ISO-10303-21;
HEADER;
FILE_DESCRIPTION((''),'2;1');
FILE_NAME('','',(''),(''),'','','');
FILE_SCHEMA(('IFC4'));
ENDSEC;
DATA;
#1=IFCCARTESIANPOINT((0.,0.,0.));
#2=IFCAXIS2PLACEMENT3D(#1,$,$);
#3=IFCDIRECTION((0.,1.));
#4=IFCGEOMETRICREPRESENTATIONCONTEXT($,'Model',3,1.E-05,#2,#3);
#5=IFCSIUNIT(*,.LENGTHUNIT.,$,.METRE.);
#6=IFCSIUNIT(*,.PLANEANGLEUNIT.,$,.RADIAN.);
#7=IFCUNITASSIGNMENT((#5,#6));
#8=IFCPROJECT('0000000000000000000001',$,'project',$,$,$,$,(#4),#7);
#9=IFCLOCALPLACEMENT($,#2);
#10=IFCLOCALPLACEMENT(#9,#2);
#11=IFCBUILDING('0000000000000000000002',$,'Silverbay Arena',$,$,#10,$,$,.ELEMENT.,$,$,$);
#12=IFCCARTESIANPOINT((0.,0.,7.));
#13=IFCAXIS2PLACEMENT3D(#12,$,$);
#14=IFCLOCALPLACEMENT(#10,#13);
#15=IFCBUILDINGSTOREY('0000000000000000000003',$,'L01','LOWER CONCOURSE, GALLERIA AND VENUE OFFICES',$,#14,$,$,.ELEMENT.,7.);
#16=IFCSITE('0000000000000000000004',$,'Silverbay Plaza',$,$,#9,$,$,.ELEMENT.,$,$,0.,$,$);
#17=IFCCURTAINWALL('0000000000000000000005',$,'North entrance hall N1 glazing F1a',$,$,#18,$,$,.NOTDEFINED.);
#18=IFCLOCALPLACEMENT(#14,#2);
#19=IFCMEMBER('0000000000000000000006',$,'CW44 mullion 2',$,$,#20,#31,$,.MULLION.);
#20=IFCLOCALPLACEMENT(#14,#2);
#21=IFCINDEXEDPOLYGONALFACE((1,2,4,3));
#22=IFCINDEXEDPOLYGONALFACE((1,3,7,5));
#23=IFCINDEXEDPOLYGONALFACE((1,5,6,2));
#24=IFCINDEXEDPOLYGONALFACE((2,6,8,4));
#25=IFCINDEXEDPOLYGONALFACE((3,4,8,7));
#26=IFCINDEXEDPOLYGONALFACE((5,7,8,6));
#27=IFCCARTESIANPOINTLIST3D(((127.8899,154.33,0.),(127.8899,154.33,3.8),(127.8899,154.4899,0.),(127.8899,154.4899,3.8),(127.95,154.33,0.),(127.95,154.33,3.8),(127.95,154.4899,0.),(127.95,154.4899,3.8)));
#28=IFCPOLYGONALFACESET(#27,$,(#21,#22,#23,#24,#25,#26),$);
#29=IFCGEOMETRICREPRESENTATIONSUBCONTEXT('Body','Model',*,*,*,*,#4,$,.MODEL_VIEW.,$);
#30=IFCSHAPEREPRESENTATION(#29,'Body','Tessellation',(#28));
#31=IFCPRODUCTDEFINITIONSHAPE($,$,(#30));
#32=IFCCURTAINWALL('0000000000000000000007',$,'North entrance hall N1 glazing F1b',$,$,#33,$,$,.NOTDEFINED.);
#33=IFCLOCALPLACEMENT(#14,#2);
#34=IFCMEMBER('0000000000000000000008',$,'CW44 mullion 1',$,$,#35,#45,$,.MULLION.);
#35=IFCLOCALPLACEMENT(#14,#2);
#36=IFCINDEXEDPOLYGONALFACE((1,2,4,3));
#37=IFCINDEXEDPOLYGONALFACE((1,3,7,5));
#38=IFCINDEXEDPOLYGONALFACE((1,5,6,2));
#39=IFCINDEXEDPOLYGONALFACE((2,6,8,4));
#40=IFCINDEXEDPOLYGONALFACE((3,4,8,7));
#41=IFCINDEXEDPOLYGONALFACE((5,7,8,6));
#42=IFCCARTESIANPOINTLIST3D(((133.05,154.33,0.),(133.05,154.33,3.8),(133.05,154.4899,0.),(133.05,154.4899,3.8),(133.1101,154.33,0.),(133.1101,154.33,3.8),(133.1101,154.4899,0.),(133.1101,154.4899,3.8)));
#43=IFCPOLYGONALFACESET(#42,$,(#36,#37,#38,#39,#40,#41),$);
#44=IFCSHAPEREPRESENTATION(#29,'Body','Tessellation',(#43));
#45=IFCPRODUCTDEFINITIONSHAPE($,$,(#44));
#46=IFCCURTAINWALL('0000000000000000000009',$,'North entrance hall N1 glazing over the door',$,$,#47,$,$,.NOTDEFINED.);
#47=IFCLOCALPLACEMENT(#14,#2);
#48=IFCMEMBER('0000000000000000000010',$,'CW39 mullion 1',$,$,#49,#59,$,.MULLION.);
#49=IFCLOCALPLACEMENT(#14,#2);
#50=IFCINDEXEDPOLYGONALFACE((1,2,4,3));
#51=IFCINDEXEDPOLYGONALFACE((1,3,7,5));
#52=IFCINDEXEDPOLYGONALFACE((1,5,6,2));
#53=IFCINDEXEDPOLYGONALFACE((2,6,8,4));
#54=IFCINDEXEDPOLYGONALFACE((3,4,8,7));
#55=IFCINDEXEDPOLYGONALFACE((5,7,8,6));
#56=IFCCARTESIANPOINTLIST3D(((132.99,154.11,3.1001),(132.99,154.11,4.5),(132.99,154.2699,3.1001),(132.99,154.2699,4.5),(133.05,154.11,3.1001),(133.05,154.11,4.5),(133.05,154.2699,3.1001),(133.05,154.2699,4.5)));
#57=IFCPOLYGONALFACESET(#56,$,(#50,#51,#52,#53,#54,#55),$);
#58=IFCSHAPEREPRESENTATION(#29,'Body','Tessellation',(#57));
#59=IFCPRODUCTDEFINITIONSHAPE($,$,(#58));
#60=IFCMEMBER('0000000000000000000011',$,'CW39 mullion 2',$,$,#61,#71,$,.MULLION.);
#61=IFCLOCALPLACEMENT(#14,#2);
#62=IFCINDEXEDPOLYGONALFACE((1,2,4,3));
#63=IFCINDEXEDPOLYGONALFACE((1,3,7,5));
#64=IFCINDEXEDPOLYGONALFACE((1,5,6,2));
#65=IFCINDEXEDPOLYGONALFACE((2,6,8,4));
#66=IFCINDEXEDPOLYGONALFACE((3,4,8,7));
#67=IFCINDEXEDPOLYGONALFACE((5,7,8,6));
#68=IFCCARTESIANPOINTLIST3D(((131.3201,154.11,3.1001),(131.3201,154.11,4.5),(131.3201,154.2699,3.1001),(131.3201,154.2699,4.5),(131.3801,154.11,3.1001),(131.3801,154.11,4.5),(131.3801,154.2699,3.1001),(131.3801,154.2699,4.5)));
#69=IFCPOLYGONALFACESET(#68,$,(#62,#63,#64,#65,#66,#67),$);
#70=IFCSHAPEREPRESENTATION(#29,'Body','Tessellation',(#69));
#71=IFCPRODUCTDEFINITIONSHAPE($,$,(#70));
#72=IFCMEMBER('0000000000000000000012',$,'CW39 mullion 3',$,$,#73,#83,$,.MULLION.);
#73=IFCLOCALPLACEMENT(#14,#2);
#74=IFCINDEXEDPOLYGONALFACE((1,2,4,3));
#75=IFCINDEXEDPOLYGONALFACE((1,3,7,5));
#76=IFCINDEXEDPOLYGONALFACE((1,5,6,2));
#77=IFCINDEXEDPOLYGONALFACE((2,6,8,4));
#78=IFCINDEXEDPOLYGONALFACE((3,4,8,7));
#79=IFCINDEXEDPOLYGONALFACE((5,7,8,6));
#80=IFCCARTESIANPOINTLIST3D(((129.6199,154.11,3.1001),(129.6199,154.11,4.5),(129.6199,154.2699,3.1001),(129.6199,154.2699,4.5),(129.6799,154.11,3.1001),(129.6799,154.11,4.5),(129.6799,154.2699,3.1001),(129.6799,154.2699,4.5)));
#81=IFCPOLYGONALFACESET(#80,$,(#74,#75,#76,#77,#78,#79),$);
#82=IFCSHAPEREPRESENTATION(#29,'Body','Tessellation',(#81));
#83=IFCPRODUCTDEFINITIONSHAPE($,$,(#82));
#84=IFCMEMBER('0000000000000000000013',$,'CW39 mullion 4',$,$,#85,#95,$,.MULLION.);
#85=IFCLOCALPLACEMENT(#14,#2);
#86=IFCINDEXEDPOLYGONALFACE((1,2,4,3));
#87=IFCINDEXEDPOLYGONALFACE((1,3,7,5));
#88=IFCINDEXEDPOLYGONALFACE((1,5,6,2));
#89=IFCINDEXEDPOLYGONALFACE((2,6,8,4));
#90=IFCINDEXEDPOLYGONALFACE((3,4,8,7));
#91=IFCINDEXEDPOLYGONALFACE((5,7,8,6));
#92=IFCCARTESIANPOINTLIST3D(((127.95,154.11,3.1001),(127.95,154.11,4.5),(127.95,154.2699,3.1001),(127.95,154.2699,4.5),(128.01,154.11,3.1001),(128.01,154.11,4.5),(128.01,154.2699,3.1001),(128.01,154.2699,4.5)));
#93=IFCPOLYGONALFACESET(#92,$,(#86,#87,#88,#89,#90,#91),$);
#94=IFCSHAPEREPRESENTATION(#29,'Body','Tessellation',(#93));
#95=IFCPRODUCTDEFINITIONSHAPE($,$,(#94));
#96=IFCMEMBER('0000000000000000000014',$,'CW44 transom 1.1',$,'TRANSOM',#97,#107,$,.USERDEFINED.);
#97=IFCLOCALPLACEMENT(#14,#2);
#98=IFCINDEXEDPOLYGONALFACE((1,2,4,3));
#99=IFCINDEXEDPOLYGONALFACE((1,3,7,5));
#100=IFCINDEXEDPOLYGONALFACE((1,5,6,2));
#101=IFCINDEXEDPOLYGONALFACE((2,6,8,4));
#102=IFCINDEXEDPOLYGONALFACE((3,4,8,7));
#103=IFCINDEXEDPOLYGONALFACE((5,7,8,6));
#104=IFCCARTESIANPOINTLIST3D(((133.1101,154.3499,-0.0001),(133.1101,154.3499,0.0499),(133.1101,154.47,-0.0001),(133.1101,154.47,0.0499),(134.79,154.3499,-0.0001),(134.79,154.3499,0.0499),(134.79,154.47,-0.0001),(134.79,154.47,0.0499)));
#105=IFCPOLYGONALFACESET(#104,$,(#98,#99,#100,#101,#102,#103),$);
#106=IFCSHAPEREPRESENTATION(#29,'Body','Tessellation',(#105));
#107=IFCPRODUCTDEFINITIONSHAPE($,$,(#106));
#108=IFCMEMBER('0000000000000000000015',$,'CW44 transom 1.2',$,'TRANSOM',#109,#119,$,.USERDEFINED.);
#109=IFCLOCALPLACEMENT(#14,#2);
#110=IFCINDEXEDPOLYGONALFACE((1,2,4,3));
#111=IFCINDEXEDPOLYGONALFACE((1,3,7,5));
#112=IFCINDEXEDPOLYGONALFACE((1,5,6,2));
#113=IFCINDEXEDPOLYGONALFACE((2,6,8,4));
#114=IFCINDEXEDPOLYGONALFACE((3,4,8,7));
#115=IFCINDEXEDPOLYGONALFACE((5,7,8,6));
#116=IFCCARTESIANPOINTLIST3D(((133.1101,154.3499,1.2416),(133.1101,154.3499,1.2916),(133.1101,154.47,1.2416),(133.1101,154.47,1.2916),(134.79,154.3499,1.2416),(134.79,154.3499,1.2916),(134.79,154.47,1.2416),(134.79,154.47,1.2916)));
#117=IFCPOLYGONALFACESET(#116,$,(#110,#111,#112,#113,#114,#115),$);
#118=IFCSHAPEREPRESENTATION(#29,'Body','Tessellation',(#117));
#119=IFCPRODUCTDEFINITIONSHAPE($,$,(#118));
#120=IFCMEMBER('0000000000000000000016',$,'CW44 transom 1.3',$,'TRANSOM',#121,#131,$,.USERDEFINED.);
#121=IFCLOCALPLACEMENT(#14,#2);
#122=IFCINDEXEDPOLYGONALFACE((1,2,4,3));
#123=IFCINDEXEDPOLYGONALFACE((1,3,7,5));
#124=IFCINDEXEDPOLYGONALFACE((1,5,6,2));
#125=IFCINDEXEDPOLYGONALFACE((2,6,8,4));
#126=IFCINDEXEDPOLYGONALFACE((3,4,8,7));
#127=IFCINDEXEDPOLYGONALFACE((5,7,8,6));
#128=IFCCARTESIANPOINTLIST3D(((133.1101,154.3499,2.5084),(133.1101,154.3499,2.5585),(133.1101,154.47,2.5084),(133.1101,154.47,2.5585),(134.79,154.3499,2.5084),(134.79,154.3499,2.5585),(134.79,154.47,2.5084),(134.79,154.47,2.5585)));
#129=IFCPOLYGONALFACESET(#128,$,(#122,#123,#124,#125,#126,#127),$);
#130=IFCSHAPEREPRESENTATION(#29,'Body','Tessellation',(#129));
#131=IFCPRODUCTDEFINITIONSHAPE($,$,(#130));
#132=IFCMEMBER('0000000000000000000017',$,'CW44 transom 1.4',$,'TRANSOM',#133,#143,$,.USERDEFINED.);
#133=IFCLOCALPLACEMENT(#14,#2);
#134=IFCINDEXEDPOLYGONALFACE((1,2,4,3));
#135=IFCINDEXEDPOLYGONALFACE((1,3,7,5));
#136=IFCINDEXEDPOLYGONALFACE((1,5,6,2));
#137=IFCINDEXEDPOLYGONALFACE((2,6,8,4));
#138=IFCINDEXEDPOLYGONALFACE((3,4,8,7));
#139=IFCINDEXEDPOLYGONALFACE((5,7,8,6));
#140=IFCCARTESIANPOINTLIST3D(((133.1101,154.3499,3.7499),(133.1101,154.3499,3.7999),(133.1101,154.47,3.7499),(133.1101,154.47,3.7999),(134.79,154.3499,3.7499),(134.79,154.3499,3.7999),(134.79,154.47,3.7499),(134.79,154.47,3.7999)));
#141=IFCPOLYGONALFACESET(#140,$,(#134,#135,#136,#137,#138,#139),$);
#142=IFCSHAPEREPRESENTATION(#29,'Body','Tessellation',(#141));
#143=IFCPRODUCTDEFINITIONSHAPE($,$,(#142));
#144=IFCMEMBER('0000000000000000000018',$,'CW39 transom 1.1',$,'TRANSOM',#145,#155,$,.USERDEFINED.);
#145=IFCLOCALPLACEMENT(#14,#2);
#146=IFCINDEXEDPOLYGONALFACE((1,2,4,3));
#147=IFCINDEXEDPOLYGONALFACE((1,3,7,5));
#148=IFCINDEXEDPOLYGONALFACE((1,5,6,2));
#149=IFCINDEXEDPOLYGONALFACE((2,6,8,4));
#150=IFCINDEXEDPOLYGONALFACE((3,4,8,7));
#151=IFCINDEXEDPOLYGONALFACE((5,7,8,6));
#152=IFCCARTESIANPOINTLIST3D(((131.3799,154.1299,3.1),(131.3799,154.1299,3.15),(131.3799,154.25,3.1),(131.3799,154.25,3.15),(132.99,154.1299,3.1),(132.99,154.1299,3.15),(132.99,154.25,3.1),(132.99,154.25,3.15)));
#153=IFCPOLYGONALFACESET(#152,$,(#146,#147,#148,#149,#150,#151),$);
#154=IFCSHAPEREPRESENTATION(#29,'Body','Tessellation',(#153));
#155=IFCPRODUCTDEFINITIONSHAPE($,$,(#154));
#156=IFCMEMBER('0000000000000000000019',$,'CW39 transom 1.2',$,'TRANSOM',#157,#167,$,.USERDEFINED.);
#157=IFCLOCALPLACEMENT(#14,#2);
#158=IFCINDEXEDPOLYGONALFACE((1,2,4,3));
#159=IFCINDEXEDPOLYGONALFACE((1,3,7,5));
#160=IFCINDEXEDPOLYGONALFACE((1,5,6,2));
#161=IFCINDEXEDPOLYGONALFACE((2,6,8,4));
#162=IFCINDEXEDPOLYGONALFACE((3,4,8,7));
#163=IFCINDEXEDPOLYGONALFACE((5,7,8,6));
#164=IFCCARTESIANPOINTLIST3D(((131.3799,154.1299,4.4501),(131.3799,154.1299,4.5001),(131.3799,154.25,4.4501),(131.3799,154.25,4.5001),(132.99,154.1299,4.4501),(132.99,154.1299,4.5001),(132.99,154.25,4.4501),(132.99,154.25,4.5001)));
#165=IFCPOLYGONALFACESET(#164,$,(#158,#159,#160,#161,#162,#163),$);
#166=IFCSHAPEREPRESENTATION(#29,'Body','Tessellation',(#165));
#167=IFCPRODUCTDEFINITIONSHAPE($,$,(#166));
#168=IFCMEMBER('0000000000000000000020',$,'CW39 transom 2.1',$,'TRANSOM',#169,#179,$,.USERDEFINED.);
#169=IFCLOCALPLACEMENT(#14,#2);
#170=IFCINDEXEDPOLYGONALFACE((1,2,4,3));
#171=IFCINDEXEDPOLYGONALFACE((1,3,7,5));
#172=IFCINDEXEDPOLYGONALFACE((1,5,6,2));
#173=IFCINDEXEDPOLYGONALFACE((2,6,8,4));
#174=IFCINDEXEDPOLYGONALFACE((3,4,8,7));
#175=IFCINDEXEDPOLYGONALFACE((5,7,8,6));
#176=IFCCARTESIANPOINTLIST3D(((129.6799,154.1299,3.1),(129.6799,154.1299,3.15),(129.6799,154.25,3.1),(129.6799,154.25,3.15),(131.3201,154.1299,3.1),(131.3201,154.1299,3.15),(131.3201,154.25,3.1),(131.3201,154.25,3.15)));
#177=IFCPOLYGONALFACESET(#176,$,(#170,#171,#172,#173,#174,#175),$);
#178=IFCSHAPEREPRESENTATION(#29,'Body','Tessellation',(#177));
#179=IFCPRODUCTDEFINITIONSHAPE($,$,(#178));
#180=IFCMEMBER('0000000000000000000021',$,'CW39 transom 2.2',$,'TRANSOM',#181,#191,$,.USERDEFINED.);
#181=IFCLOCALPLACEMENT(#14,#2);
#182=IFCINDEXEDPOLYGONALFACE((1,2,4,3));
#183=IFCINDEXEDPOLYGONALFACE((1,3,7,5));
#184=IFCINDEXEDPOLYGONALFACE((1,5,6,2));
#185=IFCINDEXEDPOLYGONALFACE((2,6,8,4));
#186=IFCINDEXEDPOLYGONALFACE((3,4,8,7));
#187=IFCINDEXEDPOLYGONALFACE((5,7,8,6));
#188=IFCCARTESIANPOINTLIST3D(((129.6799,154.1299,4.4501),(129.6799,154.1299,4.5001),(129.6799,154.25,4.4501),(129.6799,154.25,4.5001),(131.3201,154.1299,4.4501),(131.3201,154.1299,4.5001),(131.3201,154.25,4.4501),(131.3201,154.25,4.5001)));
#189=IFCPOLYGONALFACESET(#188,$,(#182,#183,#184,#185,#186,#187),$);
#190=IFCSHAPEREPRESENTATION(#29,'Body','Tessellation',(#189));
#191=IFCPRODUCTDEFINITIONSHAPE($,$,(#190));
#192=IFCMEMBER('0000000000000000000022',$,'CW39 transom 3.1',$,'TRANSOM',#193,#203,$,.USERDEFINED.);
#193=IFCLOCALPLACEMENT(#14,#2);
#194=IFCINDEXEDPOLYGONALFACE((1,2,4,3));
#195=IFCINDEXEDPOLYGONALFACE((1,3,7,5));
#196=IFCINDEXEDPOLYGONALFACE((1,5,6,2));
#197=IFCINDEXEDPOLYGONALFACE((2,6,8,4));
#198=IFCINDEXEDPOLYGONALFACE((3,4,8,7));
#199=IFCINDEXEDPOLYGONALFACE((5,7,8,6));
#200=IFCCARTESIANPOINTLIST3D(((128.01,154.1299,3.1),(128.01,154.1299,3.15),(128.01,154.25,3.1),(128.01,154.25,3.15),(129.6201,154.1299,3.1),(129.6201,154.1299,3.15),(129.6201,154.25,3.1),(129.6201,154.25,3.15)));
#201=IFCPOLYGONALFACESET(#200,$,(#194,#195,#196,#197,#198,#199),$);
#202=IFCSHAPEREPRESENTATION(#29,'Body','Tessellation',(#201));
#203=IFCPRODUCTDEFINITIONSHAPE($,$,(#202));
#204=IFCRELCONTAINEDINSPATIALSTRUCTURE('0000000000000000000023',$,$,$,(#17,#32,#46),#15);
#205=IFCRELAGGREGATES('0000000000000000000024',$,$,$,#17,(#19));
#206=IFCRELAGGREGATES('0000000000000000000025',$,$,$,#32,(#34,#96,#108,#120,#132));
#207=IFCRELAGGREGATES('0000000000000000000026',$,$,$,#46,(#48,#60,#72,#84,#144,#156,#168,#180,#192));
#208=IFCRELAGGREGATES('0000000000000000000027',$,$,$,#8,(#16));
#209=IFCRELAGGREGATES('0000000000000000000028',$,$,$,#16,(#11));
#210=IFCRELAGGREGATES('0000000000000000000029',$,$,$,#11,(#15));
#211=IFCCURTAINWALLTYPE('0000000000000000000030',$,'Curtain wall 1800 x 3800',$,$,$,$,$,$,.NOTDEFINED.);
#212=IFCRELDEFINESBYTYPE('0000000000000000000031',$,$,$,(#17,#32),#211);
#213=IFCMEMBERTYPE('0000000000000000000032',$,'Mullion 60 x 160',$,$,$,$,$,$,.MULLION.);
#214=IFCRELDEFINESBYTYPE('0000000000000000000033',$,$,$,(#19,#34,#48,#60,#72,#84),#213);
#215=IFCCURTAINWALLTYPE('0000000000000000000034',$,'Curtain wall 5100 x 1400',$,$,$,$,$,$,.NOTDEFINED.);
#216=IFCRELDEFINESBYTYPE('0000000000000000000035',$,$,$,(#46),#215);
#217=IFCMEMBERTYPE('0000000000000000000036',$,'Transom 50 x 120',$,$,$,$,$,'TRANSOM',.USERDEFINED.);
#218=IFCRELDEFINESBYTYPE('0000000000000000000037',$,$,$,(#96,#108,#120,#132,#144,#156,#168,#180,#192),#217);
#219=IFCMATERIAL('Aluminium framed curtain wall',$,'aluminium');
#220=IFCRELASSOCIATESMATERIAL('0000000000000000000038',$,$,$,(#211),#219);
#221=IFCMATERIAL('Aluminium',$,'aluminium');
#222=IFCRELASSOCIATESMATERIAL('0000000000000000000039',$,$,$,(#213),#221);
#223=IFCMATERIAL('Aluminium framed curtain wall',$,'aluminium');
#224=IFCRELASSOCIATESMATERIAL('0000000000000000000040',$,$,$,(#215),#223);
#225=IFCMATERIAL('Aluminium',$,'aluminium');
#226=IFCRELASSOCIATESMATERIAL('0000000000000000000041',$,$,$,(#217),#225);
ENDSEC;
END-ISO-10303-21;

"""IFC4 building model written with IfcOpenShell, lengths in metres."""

from ifc_helpers import new_model, si_unit, direction, frame, origin, origin_2d, place, context, subcontext, project, spatial, rectangle, extrude, material, material_profile, profile_set, type_object, element, aggregate, save


model = new_model("IFC4")

# Units and contexts
model_context = context("Model", 3, precision=1e-05, world=origin(), true_north=direction((0.0, 1.0)))
body_context = subcontext(model_context, "Body", "Model", "MODEL_VIEW")
ifc_project = project(units=[si_unit("LENGTHUNIT", "METRE"), si_unit("PLANEANGLEUNIT", "RADIAN")], contexts=[model_context])

# Site, building, storey
site_placement = place(None, origin())
site = spatial("IfcSite", under=ifc_project, at=site_placement, Name="Silverbay Plaza", CompositionType="ELEMENT", RefElevation=0.0)
building_placement = place(site_placement, origin())
building = spatial("IfcBuilding", under=site, at=building_placement, Name="Silverbay Arena", CompositionType="ELEMENT")
storey_placement = place(building_placement, frame((0.0, 0.0, 7.0)))
storey = spatial("IfcBuildingStorey", under=building, at=storey_placement, Name="L01", Description="LOWER CONCOURSE, GALLERIA AND VENUE OFFICES", CompositionType="ELEMENT", Elevation=7.0)

# Curtain walls, members
ifc_material_1 = material(Name="Aluminium framed curtain wall", Category="aluminium")
curtain_wall_type_1 = type_object("IfcCurtainWallType", Name="Curtain wall 1800 x 3800", PredefinedType="NOTDEFINED", material=ifc_material_1)
curtain_wall_1_placement = place(storey_placement, origin())
curtain_wall_1 = element("IfcCurtainWall", 1, at=curtain_wall_1_placement, inside=storey, type_object=curtain_wall_type_1, Name="North entrance hall N1 glazing F1a", PredefinedType="NOTDEFINED")
ifc_material_2 = material(Name="Aluminium", Category="aluminium")
ifc_material_profile_1 = material_profile(ifc_material_2, rectangle(XDim=0.1599, YDim=0.0601, at=origin_2d()), Name="Mullion 60 x 160")
ifc_profile_set_1 = profile_set([ifc_material_profile_1], Name="Aluminium")
member_type_1 = type_object("IfcMemberType", Name="Mullion 60 x 160", PredefinedType="MULLION", material=ifc_profile_set_1)
member_1_placement = place(storey_placement, frame((127.9199, 154.4099, 0.0), z_axis=(0.0, 0.0, 1.0), x_axis=(0.0, 1.0, 0.0)))
member_1 = element("IfcMember", 2, at=member_1_placement, type_object=member_type_1, Name="CW44 mullion 2", PredefinedType="MULLION", context=body_context, shape_type="SweptSolid", body=[
    extrude(rectangle(XDim=0.1599, YDim=0.0601, at=origin_2d()), origin(), (0.0, 0.0, 1.0), 3.8),
])
aggregate(curtain_wall_1, [member_1])
curtain_wall_2_placement = place(storey_placement, origin())
curtain_wall_2 = element("IfcCurtainWall", 3, at=curtain_wall_2_placement, inside=storey, type_object=curtain_wall_type_1, Name="North entrance hall N1 glazing F1b", PredefinedType="NOTDEFINED")
member_2_placement = place(storey_placement, frame((133.0801, 154.4099, 0.0), z_axis=(0.0, 0.0, 1.0), x_axis=(0.0, 1.0, 0.0)))
member_2 = element("IfcMember", 4, at=member_2_placement, type_object=member_type_1, Name="CW44 mullion 1", PredefinedType="MULLION", context=body_context, shape_type="SweptSolid", body=[
    extrude(rectangle(XDim=0.1599, YDim=0.0601, at=origin_2d()), origin(), (0.0, 0.0, 1.0), 3.8),
])

# Curtain wall, members
ifc_material_3 = material(Name="Aluminium framed curtain wall", Category="aluminium")
curtain_wall_type_2 = type_object("IfcCurtainWallType", Name="Curtain wall 5100 x 1400", PredefinedType="NOTDEFINED", material=ifc_material_3)
curtain_wall_3_placement = place(storey_placement, origin())
curtain_wall_3 = element("IfcCurtainWall", 5, at=curtain_wall_3_placement, inside=storey, type_object=curtain_wall_type_2, Name="North entrance hall N1 glazing over the door", PredefinedType="NOTDEFINED")
member_3_placement = place(storey_placement, frame((133.02, 154.1899, 3.1001), z_axis=(0.0, 0.0, 1.0), x_axis=(0.0, -1.0, 0.0)))
member_3 = element("IfcMember", 6, at=member_3_placement, type_object=member_type_1, Name="CW39 mullion 1", PredefinedType="MULLION", context=body_context, shape_type="SweptSolid", body=[
    extrude(rectangle(XDim=0.1599, YDim=0.0601, at=origin_2d()), origin(), (0.0, 0.0, 1.0), 1.3999),
])
member_4_placement = place(storey_placement, frame((131.3501, 154.1899, 3.1001), z_axis=(0.0, 0.0, 1.0), x_axis=(0.0, -1.0, 0.0)))
member_4 = element("IfcMember", 7, at=member_4_placement, type_object=member_type_1, Name="CW39 mullion 2", PredefinedType="MULLION", context=body_context, shape_type="SweptSolid", body=[
    extrude(rectangle(XDim=0.1599, YDim=0.0601, at=origin_2d()), origin(), (0.0, 0.0, 1.0), 1.3999),
])
member_5_placement = place(storey_placement, frame((129.6499, 154.1899, 3.1001), z_axis=(0.0, 0.0, 1.0), x_axis=(0.0, -1.0, 0.0)))
member_5 = element("IfcMember", 8, at=member_5_placement, type_object=member_type_1, Name="CW39 mullion 3", PredefinedType="MULLION", context=body_context, shape_type="SweptSolid", body=[
    extrude(rectangle(XDim=0.1599, YDim=0.0601, at=origin_2d()), origin(), (0.0, 0.0, 1.0), 1.3999),
])
member_6_placement = place(storey_placement, frame((127.98, 154.1899, 3.1001), z_axis=(0.0, 0.0, 1.0), x_axis=(0.0, -1.0, 0.0)))
member_6 = element("IfcMember", 9, at=member_6_placement, type_object=member_type_1, Name="CW39 mullion 4", PredefinedType="MULLION", context=body_context, shape_type="SweptSolid", body=[
    extrude(rectangle(XDim=0.1599, YDim=0.0601, at=origin_2d()), origin(), (0.0, 0.0, 1.0), 1.3999),
])

# Members
ifc_material_4 = material(Name="Aluminium", Category="aluminium")
ifc_material_profile_2 = material_profile(ifc_material_4, rectangle(XDim=0.1201, YDim=0.05, at=origin_2d()), Name="Transom 50 x 120")
ifc_profile_set_2 = profile_set([ifc_material_profile_2], Name="Aluminium")
member_type_2 = type_object("IfcMemberType", Name="Transom 50 x 120", ElementType="TRANSOM", PredefinedType="USERDEFINED", material=ifc_profile_set_2)
member_7_placement = place(storey_placement, frame((133.1101, 154.4099, 0.0249), z_axis=(1.0, 0.0, 0.0), x_axis=(0.0, 1.0, 0.0)))
member_7 = element("IfcMember", 10, at=member_7_placement, type_object=member_type_2, Name="CW44 transom 1.1", ObjectType="TRANSOM", PredefinedType="USERDEFINED", context=body_context, shape_type="SweptSolid", body=[
    extrude(rectangle(XDim=0.1201, YDim=0.05, at=origin_2d()), origin(), (0.0, 0.0, 1.0), 1.6799),
])
member_8_placement = place(storey_placement, frame((133.1101, 154.4099, 1.2666), z_axis=(1.0, 0.0, 0.0), x_axis=(0.0, 1.0, 0.0)))
member_8 = element("IfcMember", 11, at=member_8_placement, type_object=member_type_2, Name="CW44 transom 1.2", ObjectType="TRANSOM", PredefinedType="USERDEFINED", context=body_context, shape_type="SweptSolid", body=[
    extrude(rectangle(XDim=0.1201, YDim=0.05, at=origin_2d()), origin(), (0.0, 0.0, 1.0), 1.6799),
])
member_9_placement = place(storey_placement, frame((133.1101, 154.4099, 2.5334), z_axis=(1.0, 0.0, 0.0), x_axis=(0.0, 1.0, 0.0)))
member_9 = element("IfcMember", 12, at=member_9_placement, type_object=member_type_2, Name="CW44 transom 1.3", ObjectType="TRANSOM", PredefinedType="USERDEFINED", context=body_context, shape_type="SweptSolid", body=[
    extrude(rectangle(XDim=0.1201, YDim=0.05, at=origin_2d()), origin(), (0.0, 0.0, 1.0), 1.6799),
])
member_10_placement = place(storey_placement, frame((133.1101, 154.4099, 3.7749), z_axis=(1.0, 0.0, 0.0), x_axis=(0.0, 1.0, 0.0)))
member_10 = element("IfcMember", 13, at=member_10_placement, type_object=member_type_2, Name="CW44 transom 1.4", ObjectType="TRANSOM", PredefinedType="USERDEFINED", context=body_context, shape_type="SweptSolid", body=[
    extrude(rectangle(XDim=0.1201, YDim=0.05, at=origin_2d()), origin(), (0.0, 0.0, 1.0), 1.6799),
])
member_11_placement = place(storey_placement, frame((132.99, 154.1899, 3.125), z_axis=(-1.0, 0.0, 0.0), x_axis=(0.0, -1.0, 0.0)))
member_11 = element("IfcMember", 14, at=member_11_placement, type_object=member_type_2, Name="CW39 transom 1.1", ObjectType="TRANSOM", PredefinedType="USERDEFINED", context=body_context, shape_type="SweptSolid", body=[
    extrude(rectangle(XDim=0.1201, YDim=0.05, at=origin_2d()), origin(), (0.0, 0.0, 1.0), 1.6101),
])
member_12_placement = place(storey_placement, frame((132.99, 154.1899, 4.4751), z_axis=(-1.0, 0.0, 0.0), x_axis=(0.0, -1.0, 0.0)))
member_12 = element("IfcMember", 15, at=member_12_placement, type_object=member_type_2, Name="CW39 transom 1.2", ObjectType="TRANSOM", PredefinedType="USERDEFINED", context=body_context, shape_type="SweptSolid", body=[
    extrude(rectangle(XDim=0.1201, YDim=0.05, at=origin_2d()), origin(), (0.0, 0.0, 1.0), 1.6101),
])
member_13_placement = place(storey_placement, frame((131.3201, 154.1899, 3.125), z_axis=(-1.0, 0.0, 0.0), x_axis=(0.0, -1.0, 0.0)))
member_13 = element("IfcMember", 16, at=member_13_placement, type_object=member_type_2, Name="CW39 transom 2.1", ObjectType="TRANSOM", PredefinedType="USERDEFINED", context=body_context, shape_type="SweptSolid", body=[
    extrude(rectangle(XDim=0.1201, YDim=0.05, at=origin_2d()), origin(), (0.0, 0.0, 1.0), 1.6401),
])
member_14_placement = place(storey_placement, frame((131.3201, 154.1899, 4.4751), z_axis=(-1.0, 0.0, 0.0), x_axis=(0.0, -1.0, 0.0)))
member_14 = element("IfcMember", 17, at=member_14_placement, type_object=member_type_2, Name="CW39 transom 2.2", ObjectType="TRANSOM", PredefinedType="USERDEFINED", context=body_context, shape_type="SweptSolid", body=[
    extrude(rectangle(XDim=0.1201, YDim=0.05, at=origin_2d()), origin(), (0.0, 0.0, 1.0), 1.6401),
])
member_15_placement = place(storey_placement, frame((129.6201, 154.1899, 3.125), z_axis=(-1.0, 0.0, 0.0), x_axis=(0.0, -1.0, 0.0)))
member_15 = element("IfcMember", 18, at=member_15_placement, type_object=member_type_2, Name="CW39 transom 3.1", ObjectType="TRANSOM", PredefinedType="USERDEFINED", context=body_context, shape_type="SweptSolid", body=[
    extrude(rectangle(XDim=0.1201, YDim=0.05, at=origin_2d()), origin(), (0.0, 0.0, 1.0), 1.6101),
])

aggregate(curtain_wall_2, [member_2, member_7, member_8, member_9, member_10])
aggregate(curtain_wall_3, [member_3, member_4, member_5, member_6, member_11, member_12, member_13, member_14, member_15])

save(model, "model.ifc")
